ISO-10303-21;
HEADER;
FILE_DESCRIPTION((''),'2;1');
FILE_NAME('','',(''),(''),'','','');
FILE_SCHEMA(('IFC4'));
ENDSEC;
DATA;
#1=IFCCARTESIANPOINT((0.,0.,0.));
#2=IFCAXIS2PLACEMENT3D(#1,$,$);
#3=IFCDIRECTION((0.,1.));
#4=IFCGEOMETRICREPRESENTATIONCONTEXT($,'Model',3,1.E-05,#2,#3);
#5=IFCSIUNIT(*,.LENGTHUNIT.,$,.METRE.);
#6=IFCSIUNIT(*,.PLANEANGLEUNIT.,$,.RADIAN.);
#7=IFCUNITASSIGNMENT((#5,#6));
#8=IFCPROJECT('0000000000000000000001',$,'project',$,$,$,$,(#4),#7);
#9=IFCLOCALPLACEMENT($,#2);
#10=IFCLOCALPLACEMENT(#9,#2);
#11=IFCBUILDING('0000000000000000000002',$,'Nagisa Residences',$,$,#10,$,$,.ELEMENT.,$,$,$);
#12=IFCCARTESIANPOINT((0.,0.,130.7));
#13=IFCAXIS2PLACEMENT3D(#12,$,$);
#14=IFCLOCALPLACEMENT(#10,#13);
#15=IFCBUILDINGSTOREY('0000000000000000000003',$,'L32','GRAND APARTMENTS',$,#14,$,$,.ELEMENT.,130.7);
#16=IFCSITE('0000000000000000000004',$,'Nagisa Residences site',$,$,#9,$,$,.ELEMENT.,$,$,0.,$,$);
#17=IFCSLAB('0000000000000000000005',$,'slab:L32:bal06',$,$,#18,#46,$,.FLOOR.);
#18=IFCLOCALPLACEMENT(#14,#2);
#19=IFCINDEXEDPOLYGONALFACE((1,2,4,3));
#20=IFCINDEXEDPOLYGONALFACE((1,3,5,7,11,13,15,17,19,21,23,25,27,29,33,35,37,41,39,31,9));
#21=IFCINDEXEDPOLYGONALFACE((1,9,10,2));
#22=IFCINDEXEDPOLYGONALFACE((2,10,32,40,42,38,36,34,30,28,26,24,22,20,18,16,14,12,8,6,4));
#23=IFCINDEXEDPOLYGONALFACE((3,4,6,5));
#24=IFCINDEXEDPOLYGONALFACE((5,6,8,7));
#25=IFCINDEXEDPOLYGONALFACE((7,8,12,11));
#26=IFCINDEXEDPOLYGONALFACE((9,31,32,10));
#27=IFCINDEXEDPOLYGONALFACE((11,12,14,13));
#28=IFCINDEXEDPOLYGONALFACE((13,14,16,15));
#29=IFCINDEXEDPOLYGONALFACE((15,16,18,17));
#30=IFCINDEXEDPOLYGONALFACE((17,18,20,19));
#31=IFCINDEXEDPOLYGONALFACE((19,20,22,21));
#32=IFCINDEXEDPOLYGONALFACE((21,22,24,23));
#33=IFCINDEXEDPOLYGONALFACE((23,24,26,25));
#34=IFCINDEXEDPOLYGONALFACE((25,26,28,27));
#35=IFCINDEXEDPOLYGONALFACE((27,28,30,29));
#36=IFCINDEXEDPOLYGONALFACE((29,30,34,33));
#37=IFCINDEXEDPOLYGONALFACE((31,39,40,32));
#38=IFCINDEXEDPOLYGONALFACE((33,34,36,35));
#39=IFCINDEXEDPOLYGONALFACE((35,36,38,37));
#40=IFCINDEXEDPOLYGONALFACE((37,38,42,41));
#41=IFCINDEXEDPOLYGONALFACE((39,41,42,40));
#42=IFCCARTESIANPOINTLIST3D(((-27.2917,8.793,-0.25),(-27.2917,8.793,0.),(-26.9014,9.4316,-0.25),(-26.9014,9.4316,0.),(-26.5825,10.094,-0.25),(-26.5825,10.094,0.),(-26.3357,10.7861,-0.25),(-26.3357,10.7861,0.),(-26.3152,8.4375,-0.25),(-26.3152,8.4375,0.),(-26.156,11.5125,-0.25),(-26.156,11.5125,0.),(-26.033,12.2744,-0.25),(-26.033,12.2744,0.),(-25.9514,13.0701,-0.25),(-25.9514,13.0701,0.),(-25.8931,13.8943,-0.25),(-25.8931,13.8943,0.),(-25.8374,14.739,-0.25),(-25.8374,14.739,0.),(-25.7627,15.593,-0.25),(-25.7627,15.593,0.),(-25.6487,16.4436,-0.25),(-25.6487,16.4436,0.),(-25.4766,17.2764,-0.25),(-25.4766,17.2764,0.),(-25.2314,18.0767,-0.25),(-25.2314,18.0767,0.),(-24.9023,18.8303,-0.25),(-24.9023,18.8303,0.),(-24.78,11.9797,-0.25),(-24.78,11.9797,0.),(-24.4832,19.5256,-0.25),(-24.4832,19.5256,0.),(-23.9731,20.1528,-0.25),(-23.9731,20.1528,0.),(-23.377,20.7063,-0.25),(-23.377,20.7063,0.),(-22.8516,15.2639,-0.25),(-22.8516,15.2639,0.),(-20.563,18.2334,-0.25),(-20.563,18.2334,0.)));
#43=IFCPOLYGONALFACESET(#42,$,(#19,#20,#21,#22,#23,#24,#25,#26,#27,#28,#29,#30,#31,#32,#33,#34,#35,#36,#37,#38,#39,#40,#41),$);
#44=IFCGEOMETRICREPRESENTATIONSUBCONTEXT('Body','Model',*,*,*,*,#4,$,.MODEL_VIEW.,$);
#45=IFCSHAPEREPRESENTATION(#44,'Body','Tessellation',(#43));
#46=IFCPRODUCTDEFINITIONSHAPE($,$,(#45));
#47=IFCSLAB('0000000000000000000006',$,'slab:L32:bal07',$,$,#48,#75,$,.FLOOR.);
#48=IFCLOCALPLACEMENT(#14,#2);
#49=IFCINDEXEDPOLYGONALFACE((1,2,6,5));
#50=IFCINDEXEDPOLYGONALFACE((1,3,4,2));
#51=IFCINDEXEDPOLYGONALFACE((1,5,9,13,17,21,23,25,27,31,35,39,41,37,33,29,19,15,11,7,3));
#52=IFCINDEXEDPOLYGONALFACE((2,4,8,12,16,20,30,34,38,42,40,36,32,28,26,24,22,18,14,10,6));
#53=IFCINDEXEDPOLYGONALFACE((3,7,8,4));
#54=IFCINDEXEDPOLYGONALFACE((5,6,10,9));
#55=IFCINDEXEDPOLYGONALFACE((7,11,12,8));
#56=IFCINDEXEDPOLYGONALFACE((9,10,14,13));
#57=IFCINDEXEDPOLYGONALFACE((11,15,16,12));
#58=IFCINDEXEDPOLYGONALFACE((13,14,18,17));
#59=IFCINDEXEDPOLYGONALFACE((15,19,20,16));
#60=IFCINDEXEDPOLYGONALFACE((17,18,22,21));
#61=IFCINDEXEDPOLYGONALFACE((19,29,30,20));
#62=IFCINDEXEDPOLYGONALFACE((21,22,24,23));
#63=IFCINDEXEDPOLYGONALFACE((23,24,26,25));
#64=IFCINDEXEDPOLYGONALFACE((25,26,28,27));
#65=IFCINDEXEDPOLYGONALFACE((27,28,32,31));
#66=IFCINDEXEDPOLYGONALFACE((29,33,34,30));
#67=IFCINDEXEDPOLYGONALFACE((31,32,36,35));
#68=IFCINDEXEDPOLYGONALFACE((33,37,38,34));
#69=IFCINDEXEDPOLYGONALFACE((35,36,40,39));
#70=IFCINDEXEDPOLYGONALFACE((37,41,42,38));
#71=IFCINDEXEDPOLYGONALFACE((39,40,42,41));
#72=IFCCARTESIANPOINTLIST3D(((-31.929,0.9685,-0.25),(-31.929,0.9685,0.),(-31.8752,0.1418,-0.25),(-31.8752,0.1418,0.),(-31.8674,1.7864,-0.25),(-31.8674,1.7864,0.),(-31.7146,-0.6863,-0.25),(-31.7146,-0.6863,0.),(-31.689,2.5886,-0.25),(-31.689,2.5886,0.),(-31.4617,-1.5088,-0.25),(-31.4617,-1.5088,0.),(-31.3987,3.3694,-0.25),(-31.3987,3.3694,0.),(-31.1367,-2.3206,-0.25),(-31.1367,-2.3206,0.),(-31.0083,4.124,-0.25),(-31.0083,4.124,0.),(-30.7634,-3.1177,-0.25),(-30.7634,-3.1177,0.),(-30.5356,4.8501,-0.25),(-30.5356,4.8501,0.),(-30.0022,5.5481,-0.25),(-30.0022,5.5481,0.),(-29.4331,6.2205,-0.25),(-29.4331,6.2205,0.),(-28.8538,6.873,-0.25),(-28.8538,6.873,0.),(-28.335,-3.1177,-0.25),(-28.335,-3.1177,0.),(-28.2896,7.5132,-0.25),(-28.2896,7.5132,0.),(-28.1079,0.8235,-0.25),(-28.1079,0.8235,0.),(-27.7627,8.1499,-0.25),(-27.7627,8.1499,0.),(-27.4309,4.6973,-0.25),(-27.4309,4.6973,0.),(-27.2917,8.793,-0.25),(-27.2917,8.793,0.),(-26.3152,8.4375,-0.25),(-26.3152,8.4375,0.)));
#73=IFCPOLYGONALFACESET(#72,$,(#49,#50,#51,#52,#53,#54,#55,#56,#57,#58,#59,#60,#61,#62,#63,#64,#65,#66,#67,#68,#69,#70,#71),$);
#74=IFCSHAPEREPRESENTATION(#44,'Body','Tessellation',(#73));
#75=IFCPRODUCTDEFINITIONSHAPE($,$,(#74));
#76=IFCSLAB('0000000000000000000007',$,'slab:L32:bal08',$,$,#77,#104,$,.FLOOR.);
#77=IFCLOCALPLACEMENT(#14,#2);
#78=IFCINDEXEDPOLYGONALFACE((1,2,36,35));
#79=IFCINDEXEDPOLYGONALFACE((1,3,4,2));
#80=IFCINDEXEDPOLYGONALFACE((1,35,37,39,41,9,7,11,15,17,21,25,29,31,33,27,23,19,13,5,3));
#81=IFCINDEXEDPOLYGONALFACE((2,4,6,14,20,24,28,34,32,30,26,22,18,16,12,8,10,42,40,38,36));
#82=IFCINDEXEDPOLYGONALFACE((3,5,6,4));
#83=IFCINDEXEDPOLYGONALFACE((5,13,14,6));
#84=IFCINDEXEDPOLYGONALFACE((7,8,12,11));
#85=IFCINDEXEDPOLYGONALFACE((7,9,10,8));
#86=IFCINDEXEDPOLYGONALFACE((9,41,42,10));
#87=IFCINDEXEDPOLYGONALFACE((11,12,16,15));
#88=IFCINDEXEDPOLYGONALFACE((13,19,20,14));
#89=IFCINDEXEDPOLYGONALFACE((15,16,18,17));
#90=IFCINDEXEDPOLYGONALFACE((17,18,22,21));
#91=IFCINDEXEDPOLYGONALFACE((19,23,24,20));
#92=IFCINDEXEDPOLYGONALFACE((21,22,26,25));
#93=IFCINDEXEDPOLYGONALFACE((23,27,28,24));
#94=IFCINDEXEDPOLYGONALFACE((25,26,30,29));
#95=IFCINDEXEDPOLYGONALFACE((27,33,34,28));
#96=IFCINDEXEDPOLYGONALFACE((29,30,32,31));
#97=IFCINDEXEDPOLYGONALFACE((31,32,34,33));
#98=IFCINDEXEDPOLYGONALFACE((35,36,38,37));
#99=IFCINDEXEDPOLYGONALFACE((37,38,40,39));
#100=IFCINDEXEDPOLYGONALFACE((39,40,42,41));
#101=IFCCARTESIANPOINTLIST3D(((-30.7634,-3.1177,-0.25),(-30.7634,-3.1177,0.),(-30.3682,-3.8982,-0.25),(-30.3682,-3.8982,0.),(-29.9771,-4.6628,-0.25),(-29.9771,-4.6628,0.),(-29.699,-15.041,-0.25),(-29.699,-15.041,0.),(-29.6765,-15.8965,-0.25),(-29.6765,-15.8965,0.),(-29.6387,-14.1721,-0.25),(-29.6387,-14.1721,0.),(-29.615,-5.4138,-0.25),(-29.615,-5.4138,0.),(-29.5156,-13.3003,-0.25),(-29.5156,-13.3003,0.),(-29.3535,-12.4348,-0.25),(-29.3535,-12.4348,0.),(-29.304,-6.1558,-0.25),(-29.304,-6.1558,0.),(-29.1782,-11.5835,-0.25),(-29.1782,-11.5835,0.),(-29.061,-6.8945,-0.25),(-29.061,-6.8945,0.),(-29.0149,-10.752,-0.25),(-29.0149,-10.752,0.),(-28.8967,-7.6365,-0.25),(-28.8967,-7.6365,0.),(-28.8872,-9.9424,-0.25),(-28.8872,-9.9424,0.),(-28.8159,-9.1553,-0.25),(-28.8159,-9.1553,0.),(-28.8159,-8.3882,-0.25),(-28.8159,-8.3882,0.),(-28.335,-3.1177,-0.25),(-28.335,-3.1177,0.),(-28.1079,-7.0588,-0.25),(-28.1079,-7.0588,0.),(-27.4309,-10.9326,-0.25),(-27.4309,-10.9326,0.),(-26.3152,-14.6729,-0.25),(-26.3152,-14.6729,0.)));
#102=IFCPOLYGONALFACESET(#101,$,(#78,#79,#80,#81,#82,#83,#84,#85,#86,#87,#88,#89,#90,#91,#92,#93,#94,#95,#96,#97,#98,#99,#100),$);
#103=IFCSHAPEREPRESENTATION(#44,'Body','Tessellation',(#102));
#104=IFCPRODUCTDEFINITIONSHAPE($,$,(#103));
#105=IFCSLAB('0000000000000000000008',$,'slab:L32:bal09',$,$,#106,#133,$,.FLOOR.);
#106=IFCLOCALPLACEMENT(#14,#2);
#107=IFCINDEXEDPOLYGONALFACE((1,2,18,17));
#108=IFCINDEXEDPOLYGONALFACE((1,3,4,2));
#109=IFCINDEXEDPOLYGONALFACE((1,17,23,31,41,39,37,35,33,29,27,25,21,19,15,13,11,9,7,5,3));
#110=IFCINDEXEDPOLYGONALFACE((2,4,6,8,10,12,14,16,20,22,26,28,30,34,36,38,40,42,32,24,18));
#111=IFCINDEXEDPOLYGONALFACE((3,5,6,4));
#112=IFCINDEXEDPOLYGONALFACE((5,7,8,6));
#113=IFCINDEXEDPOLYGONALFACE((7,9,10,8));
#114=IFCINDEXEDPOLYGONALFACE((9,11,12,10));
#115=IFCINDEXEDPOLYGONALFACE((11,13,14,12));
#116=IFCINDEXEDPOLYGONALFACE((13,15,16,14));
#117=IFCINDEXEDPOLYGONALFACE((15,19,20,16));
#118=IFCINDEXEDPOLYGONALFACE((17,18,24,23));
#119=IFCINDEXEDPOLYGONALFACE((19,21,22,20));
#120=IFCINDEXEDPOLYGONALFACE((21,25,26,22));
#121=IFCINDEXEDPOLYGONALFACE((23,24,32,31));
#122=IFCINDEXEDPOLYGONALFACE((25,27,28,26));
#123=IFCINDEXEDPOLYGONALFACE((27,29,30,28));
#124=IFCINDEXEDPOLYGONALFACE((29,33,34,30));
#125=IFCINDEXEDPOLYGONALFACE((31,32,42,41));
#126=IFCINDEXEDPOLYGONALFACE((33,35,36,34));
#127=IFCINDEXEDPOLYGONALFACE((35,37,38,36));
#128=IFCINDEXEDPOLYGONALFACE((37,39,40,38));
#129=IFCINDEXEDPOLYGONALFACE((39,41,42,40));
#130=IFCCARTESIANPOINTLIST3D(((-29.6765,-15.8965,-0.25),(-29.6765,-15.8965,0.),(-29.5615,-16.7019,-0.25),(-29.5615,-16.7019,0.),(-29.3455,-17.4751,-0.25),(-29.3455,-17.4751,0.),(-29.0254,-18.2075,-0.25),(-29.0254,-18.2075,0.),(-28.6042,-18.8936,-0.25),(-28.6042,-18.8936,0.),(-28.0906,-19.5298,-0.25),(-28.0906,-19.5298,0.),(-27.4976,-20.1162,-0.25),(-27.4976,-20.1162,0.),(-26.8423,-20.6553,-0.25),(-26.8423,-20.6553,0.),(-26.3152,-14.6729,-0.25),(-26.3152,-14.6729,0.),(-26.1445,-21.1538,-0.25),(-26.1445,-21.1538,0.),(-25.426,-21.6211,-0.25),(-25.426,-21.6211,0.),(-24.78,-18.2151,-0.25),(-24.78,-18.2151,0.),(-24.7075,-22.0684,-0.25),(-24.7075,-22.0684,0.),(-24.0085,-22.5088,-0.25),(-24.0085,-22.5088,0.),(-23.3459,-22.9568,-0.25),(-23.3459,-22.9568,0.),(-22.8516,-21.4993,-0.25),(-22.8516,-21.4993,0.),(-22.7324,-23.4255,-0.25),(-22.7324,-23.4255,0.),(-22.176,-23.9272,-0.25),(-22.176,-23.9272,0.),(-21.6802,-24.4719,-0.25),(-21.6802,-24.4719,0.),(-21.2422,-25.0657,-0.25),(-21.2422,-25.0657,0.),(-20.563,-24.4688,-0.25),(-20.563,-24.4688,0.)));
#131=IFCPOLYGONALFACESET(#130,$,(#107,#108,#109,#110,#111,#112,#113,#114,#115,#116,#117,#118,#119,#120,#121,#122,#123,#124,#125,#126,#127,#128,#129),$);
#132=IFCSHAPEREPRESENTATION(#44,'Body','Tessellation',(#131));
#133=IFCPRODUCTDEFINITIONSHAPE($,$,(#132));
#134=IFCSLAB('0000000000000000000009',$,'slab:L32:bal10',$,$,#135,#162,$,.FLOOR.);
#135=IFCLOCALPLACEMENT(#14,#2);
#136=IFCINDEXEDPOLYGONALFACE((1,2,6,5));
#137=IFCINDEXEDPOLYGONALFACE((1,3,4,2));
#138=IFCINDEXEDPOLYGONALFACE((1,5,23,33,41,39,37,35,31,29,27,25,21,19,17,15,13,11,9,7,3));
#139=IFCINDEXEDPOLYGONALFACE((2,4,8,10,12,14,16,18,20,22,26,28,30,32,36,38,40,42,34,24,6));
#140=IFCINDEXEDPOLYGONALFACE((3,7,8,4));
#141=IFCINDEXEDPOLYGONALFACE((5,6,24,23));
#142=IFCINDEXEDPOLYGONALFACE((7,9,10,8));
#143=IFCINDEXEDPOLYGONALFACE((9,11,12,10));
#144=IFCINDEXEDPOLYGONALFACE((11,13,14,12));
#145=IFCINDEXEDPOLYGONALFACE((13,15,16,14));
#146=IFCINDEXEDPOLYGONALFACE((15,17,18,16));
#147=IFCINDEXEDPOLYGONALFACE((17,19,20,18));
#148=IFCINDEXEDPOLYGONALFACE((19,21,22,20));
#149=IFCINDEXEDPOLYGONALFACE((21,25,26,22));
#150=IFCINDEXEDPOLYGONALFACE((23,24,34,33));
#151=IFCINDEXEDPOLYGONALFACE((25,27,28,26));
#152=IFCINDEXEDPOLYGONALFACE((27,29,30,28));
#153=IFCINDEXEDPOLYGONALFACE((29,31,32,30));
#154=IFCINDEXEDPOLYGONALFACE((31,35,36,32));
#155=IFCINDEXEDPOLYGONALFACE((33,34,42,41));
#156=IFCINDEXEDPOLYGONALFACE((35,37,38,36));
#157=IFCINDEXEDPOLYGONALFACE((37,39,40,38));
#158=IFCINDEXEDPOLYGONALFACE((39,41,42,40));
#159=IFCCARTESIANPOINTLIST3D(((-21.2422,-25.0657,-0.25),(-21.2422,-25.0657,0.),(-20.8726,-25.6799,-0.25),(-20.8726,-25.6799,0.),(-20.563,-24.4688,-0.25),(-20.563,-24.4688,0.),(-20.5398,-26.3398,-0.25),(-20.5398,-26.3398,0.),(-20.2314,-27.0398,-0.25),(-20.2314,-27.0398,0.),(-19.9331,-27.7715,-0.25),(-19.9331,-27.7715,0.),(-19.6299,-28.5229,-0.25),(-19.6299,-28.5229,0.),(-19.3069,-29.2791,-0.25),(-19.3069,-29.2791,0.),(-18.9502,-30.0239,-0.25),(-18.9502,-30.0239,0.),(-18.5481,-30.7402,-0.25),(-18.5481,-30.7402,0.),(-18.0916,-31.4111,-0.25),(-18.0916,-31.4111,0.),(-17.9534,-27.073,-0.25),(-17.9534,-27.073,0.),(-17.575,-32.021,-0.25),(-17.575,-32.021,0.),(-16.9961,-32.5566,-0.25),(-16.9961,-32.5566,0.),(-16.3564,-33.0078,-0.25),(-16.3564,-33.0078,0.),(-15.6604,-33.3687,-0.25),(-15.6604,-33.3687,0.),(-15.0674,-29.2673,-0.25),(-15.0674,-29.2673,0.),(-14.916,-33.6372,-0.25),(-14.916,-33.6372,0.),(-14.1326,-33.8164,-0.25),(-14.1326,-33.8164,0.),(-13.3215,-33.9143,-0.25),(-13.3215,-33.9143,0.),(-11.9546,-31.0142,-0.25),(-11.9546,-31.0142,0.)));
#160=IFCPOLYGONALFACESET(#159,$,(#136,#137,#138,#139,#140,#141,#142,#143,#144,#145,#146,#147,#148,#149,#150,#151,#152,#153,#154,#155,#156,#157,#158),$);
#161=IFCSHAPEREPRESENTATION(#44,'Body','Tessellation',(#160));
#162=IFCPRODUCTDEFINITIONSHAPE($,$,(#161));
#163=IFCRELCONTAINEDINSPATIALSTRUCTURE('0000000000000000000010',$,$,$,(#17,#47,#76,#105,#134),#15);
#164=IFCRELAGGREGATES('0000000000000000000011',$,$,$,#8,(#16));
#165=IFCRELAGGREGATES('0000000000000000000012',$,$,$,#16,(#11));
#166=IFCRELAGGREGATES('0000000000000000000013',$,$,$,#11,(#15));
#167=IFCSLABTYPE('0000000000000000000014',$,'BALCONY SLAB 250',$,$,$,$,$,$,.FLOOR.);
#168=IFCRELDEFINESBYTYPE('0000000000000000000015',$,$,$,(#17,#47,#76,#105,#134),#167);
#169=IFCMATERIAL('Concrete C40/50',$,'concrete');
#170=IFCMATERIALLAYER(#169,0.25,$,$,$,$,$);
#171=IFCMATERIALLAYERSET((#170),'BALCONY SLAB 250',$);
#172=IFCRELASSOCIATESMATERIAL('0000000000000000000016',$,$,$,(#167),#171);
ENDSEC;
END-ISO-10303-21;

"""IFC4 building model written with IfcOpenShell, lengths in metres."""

from ifc_helpers import new_model, si_unit, direction, frame, origin, place, context, subcontext, project, spatial, polyline, outline, extrude, material, layer, layer_set, type_object, element, save


model = new_model("IFC4")

# Units and contexts
model_context = context("Model", 3, precision=1e-05, world=origin(), true_north=direction((0.0, 1.0)))
body_context = subcontext(model_context, "Body", "Model", "MODEL_VIEW")
ifc_project = project(units=[si_unit("LENGTHUNIT", "METRE"), si_unit("PLANEANGLEUNIT", "RADIAN")], contexts=[model_context])

# Site, building, storey
site_placement = place(None, origin())
site = spatial("IfcSite", under=ifc_project, at=site_placement, Name="Nagisa Residences site", CompositionType="ELEMENT", RefElevation=0.0)
building_placement = place(site_placement, origin())
building = spatial("IfcBuilding", under=site, at=building_placement, Name="Nagisa Residences", CompositionType="ELEMENT")
storey_placement = place(building_placement, frame((0.0, 0.0, 130.7)))
storey = spatial("IfcBuildingStorey", under=building, at=storey_placement, Name="L32", Description="GRAND APARTMENTS", CompositionType="ELEMENT", Elevation=130.7)

# Slabs
ifc_material_1 = material(Name="Concrete C40/50", Category="concrete")
ifc_layer_1 = layer(ifc_material_1, 0.25)
ifc_layer_set_1 = layer_set([ifc_layer_1], Name="BALCONY SLAB 250")
slab_type = type_object("IfcSlabType", Name="BALCONY SLAB 250", PredefinedType="FLOOR", material=ifc_layer_set_1)
slab_1_placement = place(storey_placement, frame((0.0, 0.0, -0.25)))
element("IfcSlab", 1, at=slab_1_placement, inside=storey, type_object=slab_type, Name="slab:L32:bal06", PredefinedType="FLOOR", context=body_context, shape_type="SweptSolid", body=[
    extrude(outline(polyline([(-23.377, 20.7063), (-23.9731, 20.1528), (-24.4832, 19.5256), (-24.9023, 18.8303), (-25.2314, 18.0767), (-25.4766, 17.2764), (-25.6487, 16.4436), (-25.7627, 15.593), (-25.8374, 14.739), (-25.8931, 13.8943), (-25.9514, 13.0701), (-26.033, 12.2744), (-26.156, 11.5125), (-26.3357, 10.7861), (-26.5825, 10.094), (-26.9014, 9.4316), (-27.2917, 8.793), (-26.3152, 8.4375), (-24.78, 11.9797), (-22.8516, 15.2639), (-20.563, 18.2334), (-23.377, 20.7063)])), origin(), (0.0, 0.0, 1.0), 0.25),
])
slab_2_placement = place(storey_placement, frame((0.0, 0.0, -0.25)))
element("IfcSlab", 2, at=slab_2_placement, inside=storey, type_object=slab_type, Name="slab:L32:bal07", PredefinedType="FLOOR", context=body_context, shape_type="SweptSolid", body=[
    extrude(outline(polyline([(-27.2917, 8.793), (-27.7627, 8.1499), (-28.2896, 7.5132), (-28.8538, 6.873), (-29.4331, 6.2205), (-30.0022, 5.5481), (-30.5356, 4.8501), (-31.0083, 4.124), (-31.3987, 3.3694), (-31.689, 2.5886), (-31.8674, 1.7864), (-31.929, 0.9685), (-31.8752, 0.1418), (-31.7146, -0.6863), (-31.4617, -1.5088), (-31.1367, -2.3206), (-30.7634, -3.1177), (-28.335, -3.1177), (-28.1079, 0.8235), (-27.4309, 4.6973), (-26.3152, 8.4375), (-27.2917, 8.793)])), origin(), (0.0, 0.0, 1.0), 0.25),
])
slab_3_placement = place(storey_placement, frame((0.0, 0.0, -0.25)))
element("IfcSlab", 3, at=slab_3_placement, inside=storey, type_object=slab_type, Name="slab:L32:bal08", PredefinedType="FLOOR", context=body_context, shape_type="SweptSolid", body=[
    extrude(outline(polyline([(-30.7634, -3.1177), (-30.3682, -3.8982), (-29.9771, -4.6628), (-29.615, -5.4138), (-29.304, -6.1558), (-29.061, -6.8945), (-28.8967, -7.6365), (-28.8159, -8.3882), (-28.8159, -9.1553), (-28.8872, -9.9424), (-29.0149, -10.752), (-29.1782, -11.5835), (-29.3535, -12.4348), (-29.5156, -13.3003), (-29.6387, -14.1721), (-29.699, -15.041), (-29.6765, -15.8965), (-26.3152, -14.6729), (-27.4309, -10.9326), (-28.1079, -7.0588), (-28.335, -3.1177), (-30.7634, -3.1177)])), origin(), (0.0, 0.0, 1.0), 0.25),
])
slab_4_placement = place(storey_placement, frame((0.0, 0.0, -0.25)))
element("IfcSlab", 4, at=slab_4_placement, inside=storey, type_object=slab_type, Name="slab:L32:bal09", PredefinedType="FLOOR", context=body_context, shape_type="SweptSolid", body=[
    extrude(outline(polyline([(-29.6765, -15.8965), (-29.5615, -16.7019), (-29.3455, -17.4751), (-29.0254, -18.2075), (-28.6042, -18.8936), (-28.0906, -19.5298), (-27.4976, -20.1162), (-26.8423, -20.6553), (-26.1445, -21.1538), (-25.426, -21.6211), (-24.7075, -22.0684), (-24.0085, -22.5088), (-23.3459, -22.9568), (-22.7324, -23.4255), (-22.176, -23.9272), (-21.6802, -24.4719), (-21.2422, -25.0657), (-20.563, -24.4688), (-22.8516, -21.4993), (-24.78, -18.2151), (-26.3152, -14.6729), (-29.6765, -15.8965)])), origin(), (0.0, 0.0, 1.0), 0.25),
])
slab_5_placement = place(storey_placement, frame((0.0, 0.0, -0.25)))
element("IfcSlab", 5, at=slab_5_placement, inside=storey, type_object=slab_type, Name="slab:L32:bal10", PredefinedType="FLOOR", context=body_context, shape_type="SweptSolid", body=[
    extrude(outline(polyline([(-21.2422, -25.0657), (-20.8726, -25.6799), (-20.5398, -26.3398), (-20.2314, -27.0398), (-19.9331, -27.7715), (-19.6299, -28.5229), (-19.3069, -29.2791), (-18.9502, -30.0239), (-18.5481, -30.7402), (-18.0916, -31.4111), (-17.575, -32.021), (-16.9961, -32.5566), (-16.3564, -33.0078), (-15.6604, -33.3687), (-14.916, -33.6372), (-14.1326, -33.8164), (-13.3215, -33.9143), (-11.9546, -31.0142), (-15.0674, -29.2673), (-17.9534, -27.073), (-20.563, -24.4688), (-21.2422, -25.0657)])), origin(), (0.0, 0.0, 1.0), 0.25),
])

save(model, "model.ifc")
